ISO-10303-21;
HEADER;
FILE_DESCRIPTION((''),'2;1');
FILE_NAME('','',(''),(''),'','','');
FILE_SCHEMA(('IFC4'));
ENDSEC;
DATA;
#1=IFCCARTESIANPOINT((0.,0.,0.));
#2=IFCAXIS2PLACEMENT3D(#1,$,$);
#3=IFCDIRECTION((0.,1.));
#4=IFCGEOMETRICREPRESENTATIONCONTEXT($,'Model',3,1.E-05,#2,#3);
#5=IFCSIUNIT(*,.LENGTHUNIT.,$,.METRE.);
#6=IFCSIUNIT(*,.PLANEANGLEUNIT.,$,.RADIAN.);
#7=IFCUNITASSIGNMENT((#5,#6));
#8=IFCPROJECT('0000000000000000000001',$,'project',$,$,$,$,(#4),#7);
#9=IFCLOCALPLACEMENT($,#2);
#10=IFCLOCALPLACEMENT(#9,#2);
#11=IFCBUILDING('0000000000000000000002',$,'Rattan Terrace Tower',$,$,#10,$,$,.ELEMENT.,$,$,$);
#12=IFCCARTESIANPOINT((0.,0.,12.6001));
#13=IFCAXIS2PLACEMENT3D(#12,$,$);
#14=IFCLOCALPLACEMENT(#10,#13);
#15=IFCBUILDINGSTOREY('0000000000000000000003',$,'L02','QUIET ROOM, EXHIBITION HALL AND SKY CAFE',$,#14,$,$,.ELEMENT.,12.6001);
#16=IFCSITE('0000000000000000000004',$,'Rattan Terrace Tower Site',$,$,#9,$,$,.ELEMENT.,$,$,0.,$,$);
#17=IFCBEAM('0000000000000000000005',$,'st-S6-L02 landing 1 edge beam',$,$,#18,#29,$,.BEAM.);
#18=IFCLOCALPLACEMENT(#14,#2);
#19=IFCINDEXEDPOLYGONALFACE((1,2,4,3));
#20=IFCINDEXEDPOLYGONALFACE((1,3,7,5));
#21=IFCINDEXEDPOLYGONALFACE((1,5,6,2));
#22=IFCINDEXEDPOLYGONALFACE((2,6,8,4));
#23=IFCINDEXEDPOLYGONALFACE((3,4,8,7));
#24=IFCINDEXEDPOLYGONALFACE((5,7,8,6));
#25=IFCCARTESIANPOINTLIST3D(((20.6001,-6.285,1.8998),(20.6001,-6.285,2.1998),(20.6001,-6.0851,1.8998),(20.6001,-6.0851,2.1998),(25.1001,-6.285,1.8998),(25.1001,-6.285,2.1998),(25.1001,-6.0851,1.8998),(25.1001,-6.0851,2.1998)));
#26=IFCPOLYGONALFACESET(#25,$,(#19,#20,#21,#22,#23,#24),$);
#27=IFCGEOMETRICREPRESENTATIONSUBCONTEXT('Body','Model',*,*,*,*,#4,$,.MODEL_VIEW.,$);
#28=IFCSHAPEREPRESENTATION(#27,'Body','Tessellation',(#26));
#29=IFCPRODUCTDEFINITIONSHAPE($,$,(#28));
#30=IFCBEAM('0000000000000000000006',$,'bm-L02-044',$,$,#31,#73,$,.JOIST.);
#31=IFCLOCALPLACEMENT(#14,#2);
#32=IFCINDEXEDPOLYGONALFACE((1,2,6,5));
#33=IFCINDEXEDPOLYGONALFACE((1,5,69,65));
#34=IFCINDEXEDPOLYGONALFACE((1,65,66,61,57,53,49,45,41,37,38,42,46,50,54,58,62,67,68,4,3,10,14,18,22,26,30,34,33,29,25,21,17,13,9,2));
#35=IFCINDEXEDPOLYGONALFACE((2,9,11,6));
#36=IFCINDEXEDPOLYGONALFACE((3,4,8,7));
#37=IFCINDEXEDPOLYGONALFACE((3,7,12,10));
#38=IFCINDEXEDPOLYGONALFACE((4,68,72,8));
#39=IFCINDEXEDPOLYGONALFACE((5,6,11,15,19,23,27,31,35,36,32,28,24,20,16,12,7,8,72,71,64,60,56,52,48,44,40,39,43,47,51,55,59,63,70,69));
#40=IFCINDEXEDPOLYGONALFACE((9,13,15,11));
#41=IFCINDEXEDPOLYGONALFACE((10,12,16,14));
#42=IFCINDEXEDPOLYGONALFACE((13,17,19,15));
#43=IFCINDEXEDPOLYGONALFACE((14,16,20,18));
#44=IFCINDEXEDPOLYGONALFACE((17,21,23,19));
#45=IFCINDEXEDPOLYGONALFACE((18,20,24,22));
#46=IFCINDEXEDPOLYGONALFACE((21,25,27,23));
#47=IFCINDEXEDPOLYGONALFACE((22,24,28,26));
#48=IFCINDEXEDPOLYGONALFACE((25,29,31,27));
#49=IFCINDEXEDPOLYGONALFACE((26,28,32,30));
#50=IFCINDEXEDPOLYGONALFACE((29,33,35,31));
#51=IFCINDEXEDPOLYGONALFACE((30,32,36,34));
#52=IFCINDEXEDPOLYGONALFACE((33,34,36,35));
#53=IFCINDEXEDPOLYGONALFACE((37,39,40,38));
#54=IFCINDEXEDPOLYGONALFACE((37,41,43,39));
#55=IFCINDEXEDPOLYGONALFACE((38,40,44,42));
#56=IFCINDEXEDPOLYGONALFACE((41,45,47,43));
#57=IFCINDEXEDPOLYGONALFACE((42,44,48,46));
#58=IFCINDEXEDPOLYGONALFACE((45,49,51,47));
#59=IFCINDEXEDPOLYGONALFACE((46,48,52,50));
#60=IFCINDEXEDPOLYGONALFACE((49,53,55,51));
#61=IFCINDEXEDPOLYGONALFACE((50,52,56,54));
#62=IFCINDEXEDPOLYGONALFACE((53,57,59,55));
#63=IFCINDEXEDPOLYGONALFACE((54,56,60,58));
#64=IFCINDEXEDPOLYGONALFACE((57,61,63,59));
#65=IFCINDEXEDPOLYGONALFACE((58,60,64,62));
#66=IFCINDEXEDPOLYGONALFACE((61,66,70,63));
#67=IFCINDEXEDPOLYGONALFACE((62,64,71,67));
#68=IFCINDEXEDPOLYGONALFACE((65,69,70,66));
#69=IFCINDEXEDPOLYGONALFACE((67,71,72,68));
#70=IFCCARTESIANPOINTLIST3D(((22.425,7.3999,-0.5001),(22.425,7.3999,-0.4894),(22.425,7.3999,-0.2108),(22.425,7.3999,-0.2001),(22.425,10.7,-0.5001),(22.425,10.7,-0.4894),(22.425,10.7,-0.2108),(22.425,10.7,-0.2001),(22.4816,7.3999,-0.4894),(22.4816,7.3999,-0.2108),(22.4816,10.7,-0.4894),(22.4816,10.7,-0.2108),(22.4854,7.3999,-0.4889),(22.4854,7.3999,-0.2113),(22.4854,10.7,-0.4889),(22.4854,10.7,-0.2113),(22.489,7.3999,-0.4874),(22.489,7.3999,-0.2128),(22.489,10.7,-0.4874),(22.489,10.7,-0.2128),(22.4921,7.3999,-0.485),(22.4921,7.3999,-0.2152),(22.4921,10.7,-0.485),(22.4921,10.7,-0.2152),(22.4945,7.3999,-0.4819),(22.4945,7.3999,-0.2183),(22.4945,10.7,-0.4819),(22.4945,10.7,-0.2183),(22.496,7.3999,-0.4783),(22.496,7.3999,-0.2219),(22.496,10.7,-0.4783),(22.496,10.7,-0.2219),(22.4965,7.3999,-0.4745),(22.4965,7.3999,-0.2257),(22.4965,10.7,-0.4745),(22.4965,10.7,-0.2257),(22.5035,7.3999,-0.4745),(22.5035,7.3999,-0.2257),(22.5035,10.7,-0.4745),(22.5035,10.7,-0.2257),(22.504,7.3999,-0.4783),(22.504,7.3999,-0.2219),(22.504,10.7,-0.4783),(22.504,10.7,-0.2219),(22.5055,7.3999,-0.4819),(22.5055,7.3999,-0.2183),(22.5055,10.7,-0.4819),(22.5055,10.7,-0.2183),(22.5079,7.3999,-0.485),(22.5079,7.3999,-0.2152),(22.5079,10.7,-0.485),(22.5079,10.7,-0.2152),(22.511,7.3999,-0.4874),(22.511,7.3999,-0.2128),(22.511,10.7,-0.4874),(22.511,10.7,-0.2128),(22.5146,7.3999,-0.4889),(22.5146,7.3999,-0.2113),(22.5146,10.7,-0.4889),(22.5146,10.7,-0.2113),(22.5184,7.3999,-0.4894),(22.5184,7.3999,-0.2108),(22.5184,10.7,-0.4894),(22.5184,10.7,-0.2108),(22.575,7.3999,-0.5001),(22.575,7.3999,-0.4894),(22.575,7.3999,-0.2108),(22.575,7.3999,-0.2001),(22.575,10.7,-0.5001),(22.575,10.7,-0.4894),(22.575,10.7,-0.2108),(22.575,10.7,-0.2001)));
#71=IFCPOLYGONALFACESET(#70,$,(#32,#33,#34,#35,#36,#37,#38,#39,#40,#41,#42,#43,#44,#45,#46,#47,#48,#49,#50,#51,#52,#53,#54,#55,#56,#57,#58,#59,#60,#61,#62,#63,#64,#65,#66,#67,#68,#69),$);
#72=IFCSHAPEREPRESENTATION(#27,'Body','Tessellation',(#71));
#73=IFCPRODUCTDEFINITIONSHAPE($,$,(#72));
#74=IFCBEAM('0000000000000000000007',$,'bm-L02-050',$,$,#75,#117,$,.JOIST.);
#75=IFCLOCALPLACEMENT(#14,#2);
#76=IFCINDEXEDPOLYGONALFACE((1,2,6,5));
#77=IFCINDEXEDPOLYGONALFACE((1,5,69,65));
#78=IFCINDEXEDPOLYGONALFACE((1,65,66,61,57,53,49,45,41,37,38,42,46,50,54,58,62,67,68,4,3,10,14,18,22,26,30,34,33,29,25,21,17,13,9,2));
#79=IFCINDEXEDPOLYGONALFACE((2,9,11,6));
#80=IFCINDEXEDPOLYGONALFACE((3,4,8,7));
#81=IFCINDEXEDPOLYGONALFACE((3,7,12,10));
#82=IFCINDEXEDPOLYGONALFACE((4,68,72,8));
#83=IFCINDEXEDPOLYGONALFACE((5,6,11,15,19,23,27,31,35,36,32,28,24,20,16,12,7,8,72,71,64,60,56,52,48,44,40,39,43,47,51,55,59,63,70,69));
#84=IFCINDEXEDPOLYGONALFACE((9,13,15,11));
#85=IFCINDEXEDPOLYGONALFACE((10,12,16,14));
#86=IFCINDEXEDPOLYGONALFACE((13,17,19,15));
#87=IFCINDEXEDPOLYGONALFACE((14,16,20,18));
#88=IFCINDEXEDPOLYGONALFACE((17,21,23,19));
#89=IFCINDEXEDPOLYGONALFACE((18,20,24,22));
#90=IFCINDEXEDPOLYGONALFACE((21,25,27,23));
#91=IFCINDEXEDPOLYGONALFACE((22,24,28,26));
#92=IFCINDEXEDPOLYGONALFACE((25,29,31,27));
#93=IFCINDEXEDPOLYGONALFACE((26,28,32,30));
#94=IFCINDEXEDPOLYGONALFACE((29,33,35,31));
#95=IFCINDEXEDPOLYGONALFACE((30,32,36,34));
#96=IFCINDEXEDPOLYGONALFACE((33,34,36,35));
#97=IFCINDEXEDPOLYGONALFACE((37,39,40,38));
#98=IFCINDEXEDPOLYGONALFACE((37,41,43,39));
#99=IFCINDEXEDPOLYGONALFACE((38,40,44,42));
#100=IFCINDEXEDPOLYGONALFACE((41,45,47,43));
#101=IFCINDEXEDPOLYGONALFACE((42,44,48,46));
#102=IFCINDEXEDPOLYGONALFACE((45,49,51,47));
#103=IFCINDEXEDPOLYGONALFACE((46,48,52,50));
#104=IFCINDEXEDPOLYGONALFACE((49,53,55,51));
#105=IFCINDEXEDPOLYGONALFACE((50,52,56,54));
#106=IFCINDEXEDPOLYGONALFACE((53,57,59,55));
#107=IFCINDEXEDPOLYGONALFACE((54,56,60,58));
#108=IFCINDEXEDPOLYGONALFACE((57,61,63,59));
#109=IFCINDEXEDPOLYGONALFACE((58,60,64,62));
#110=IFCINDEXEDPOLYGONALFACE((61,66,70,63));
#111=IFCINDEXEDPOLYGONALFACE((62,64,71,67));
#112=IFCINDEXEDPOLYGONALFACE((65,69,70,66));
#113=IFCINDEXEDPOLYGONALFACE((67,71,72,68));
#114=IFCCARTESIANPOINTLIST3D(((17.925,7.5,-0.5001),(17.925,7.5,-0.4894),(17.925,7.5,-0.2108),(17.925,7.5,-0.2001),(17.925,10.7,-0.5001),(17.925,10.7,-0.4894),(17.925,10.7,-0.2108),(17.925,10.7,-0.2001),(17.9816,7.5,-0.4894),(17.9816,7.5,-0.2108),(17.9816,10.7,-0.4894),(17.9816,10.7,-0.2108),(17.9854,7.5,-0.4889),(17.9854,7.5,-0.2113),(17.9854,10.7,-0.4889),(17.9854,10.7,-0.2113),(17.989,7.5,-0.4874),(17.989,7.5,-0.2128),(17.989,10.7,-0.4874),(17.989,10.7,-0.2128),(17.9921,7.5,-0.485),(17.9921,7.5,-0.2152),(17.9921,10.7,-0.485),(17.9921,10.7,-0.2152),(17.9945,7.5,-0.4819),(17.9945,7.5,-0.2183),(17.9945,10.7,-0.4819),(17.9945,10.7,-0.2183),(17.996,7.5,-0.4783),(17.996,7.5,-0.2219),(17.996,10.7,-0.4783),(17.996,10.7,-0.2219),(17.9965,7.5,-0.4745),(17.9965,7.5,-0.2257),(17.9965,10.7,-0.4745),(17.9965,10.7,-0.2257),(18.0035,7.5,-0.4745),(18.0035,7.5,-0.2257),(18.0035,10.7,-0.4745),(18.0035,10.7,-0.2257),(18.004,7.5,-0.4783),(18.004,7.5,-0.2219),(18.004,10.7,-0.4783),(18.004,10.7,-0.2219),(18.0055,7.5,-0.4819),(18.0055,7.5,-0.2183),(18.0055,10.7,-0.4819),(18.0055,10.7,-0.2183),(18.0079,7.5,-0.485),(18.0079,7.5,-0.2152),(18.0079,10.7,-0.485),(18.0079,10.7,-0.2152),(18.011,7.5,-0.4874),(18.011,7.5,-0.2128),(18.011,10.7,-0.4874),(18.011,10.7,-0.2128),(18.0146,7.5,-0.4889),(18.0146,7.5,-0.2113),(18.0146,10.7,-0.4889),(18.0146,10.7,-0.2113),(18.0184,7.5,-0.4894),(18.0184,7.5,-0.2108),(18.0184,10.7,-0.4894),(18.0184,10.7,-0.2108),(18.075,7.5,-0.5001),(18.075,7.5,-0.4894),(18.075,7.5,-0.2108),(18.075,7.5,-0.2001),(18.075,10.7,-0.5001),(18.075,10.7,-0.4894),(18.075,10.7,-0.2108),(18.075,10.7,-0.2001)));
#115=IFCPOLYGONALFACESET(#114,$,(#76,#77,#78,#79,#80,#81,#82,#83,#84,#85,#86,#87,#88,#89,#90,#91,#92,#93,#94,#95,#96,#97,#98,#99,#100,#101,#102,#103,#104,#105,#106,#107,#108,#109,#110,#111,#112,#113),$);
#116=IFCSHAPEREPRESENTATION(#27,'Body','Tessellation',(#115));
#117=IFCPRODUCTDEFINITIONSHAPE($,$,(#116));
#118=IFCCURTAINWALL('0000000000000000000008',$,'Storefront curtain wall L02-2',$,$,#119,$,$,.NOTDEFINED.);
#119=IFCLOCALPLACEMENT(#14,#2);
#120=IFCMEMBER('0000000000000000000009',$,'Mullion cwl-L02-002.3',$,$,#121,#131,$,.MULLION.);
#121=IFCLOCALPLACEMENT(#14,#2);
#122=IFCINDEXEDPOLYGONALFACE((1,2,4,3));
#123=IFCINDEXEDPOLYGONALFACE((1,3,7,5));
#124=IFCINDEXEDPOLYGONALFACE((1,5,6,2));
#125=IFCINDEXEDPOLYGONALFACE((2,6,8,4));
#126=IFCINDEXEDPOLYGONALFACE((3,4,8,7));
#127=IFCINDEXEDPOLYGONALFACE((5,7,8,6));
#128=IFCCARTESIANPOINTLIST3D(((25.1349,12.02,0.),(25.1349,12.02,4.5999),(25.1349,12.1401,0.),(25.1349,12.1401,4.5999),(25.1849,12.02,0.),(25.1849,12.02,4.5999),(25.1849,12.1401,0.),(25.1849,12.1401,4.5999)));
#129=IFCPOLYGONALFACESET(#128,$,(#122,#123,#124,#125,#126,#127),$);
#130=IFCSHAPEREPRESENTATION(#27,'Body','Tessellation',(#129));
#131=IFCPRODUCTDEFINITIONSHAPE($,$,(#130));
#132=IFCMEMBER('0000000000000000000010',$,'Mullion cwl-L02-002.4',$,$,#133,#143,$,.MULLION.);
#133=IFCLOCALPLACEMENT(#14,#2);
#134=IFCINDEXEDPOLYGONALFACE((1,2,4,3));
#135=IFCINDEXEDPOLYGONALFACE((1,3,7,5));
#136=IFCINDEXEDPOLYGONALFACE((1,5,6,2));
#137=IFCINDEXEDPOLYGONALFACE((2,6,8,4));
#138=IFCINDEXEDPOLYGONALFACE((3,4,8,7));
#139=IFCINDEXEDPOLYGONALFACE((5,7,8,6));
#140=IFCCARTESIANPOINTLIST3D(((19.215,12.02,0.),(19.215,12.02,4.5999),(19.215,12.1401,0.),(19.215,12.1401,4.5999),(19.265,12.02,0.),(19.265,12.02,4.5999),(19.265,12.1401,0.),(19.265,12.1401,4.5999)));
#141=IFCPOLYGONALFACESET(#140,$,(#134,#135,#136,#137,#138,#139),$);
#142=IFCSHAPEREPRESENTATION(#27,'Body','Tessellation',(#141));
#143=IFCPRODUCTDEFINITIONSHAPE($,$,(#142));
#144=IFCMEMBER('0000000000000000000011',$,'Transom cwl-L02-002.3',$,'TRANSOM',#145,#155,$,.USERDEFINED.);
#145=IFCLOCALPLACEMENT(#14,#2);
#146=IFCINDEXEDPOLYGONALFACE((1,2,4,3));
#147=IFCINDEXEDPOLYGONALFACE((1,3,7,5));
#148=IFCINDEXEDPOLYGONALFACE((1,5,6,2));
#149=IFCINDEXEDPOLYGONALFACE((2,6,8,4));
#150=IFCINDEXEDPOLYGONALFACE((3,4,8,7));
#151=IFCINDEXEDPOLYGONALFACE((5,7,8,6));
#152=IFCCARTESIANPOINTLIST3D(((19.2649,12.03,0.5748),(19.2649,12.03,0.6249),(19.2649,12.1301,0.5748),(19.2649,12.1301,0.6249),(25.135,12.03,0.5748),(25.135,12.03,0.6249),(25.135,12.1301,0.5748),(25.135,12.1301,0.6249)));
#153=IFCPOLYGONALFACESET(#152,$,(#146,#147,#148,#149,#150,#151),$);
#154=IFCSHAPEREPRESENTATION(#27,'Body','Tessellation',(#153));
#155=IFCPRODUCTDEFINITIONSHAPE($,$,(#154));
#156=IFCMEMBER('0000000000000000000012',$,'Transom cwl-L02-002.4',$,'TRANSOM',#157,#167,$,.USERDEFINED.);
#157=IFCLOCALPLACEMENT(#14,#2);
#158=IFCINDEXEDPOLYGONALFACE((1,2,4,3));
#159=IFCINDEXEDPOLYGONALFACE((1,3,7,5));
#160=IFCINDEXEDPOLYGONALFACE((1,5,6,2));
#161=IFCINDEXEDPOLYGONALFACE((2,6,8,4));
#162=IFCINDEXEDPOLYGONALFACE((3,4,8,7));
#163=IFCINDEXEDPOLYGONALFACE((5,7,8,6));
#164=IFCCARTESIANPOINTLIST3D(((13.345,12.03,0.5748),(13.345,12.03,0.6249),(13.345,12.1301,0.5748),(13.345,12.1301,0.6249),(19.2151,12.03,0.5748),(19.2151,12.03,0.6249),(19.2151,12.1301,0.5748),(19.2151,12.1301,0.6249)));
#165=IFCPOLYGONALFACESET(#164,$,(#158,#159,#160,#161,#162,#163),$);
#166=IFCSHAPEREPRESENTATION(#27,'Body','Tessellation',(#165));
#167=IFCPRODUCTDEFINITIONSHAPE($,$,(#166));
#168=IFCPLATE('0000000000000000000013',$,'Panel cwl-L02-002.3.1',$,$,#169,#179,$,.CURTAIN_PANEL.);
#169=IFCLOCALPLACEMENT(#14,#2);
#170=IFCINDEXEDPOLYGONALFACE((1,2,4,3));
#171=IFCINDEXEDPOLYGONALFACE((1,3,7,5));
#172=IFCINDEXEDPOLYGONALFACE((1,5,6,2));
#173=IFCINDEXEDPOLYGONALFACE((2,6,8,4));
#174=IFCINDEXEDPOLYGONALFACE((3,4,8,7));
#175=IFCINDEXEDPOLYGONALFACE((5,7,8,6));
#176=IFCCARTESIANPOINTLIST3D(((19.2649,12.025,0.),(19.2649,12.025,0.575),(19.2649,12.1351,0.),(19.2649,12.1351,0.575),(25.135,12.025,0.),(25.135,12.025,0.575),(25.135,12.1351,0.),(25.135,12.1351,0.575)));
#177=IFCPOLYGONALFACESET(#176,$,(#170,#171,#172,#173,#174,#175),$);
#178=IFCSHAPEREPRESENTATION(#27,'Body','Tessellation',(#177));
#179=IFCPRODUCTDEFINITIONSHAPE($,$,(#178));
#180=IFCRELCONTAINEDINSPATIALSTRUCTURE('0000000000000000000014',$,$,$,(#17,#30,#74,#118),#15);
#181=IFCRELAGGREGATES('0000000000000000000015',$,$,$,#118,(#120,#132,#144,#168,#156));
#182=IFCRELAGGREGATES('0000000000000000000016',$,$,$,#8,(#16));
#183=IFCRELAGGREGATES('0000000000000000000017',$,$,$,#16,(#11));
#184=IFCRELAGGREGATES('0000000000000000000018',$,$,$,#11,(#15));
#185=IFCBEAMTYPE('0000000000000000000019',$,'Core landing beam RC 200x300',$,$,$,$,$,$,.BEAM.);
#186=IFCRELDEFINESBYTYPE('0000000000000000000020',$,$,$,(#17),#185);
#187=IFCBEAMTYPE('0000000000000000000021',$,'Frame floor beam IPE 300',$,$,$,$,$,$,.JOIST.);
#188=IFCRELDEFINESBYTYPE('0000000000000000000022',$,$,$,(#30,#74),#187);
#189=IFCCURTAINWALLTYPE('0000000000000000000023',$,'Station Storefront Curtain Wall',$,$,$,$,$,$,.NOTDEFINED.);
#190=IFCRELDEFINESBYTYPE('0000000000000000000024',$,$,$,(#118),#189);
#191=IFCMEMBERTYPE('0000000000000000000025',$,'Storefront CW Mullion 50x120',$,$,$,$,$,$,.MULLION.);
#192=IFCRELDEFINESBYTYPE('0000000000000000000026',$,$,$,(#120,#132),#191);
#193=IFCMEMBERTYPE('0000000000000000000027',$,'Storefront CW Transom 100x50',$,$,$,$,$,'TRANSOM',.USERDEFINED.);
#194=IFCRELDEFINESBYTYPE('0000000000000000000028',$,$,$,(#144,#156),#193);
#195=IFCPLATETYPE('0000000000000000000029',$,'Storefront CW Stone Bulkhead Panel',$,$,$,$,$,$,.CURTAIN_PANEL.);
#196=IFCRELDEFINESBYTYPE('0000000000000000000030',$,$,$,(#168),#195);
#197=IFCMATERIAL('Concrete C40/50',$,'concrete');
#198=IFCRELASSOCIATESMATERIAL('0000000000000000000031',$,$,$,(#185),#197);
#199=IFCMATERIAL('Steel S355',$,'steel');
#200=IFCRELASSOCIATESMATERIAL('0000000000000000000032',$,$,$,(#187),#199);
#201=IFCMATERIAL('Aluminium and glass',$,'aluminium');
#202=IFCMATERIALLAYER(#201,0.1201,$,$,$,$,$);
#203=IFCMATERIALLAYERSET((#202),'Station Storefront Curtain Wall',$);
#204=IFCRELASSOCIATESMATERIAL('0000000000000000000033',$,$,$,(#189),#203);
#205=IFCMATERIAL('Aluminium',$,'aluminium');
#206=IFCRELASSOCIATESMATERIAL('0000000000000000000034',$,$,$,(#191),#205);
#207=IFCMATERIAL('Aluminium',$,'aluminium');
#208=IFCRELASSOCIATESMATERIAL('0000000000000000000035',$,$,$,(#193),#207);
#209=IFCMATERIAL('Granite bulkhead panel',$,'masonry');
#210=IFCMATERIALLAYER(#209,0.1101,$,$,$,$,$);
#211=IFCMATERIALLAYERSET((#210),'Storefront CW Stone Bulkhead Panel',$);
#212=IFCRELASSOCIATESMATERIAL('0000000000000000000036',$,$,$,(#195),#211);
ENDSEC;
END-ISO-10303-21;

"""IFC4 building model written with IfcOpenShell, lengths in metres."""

from ifc_helpers import new_model, si_unit, direction, frame, origin, origin_2d, place, context, subcontext, project, spatial, rectangle, i_section, extrude, material, layer, layer_set, material_profile, profile_set, type_object, element, aggregate, save


model = new_model("IFC4")

# Units and contexts
model_context = context("Model", 3, precision=1e-05, world=origin(), true_north=direction((0.0, 1.0)))
body_context = subcontext(model_context, "Body", "Model", "MODEL_VIEW")
ifc_project = project(units=[si_unit("LENGTHUNIT", "METRE"), si_unit("PLANEANGLEUNIT", "RADIAN")], contexts=[model_context])

# Site, building, storey
site_placement = place(None, origin())
site = spatial("IfcSite", under=ifc_project, at=site_placement, Name="Rattan Terrace Tower Site", CompositionType="ELEMENT", RefElevation=0.0)
building_placement = place(site_placement, origin())
building = spatial("IfcBuilding", under=site, at=building_placement, Name="Rattan Terrace Tower", CompositionType="ELEMENT")
storey_placement = place(building_placement, frame((0.0, 0.0, 12.6001)))
storey = spatial("IfcBuildingStorey", under=building, at=storey_placement, Name="L02", Description="QUIET ROOM, EXHIBITION HALL AND SKY CAFE", CompositionType="ELEMENT", Elevation=12.6001)

# Beams
ifc_material_1 = material(Name="Concrete C40/50", Category="concrete")
ifc_material_profile_1 = material_profile(ifc_material_1, rectangle(XDim=0.2, YDim=0.3, at=origin_2d()), Name="RC 200x300")
ifc_profile_set_1 = profile_set([ifc_material_profile_1], Name="Concrete C40/50")
beam_type_1 = type_object("IfcBeamType", Name="Core landing beam RC 200x300", PredefinedType="BEAM", material=ifc_profile_set_1)
beam_1_placement = place(storey_placement, frame((20.6001, -6.1851, 2.0498), z_axis=(1.0, 0.0, 0.0), x_axis=(0.0, 1.0, 0.0)))
element("IfcBeam", 1, at=beam_1_placement, inside=storey, type_object=beam_type_1, Name="st-S6-L02 landing 1 edge beam", PredefinedType="BEAM", context=body_context, shape_type="SweptSolid", body=[
    extrude(rectangle(XDim=0.2, YDim=0.3, at=origin_2d()), origin(), (0.0, 0.0, 1.0), 4.5),
])
ifc_material_2 = material(Name="Steel S355", Category="steel")
ifc_material_profile_2 = material_profile(ifc_material_2, i_section(OverallWidth=0.1499, OverallDepth=0.3, WebThickness=0.0071, FlangeThickness=0.0107, FilletRadius=0.0149, at=origin_2d()), Name="IPE 300")
ifc_profile_set_2 = profile_set([ifc_material_profile_2], Name="Steel S355")
beam_type_2 = type_object("IfcBeamType", Name="Frame floor beam IPE 300", PredefinedType="JOIST", material=ifc_profile_set_2)
beam_2_placement = place(storey_placement, frame((22.5, 7.3999, -0.3501), z_axis=(0.0, 1.0, 0.0), x_axis=(-1.0, 0.0, 0.0)))
element("IfcBeam", 2, at=beam_2_placement, inside=storey, type_object=beam_type_2, Name="bm-L02-044", PredefinedType="JOIST", context=body_context, shape_type="SweptSolid", body=[
    extrude(i_section(OverallWidth=0.1499, OverallDepth=0.3, WebThickness=0.0071, FlangeThickness=0.0107, FilletRadius=0.0149, at=origin_2d()), origin(), (0.0, 0.0, 1.0), 3.3),
])
beam_3_placement = place(storey_placement, frame((18.0, 7.5, -0.3501), z_axis=(0.0, 1.0, 0.0), x_axis=(-1.0, 0.0, 0.0)))
element("IfcBeam", 3, at=beam_3_placement, inside=storey, type_object=beam_type_2, Name="bm-L02-050", PredefinedType="JOIST", context=body_context, shape_type="SweptSolid", body=[
    extrude(i_section(OverallWidth=0.1499, OverallDepth=0.3, WebThickness=0.0071, FlangeThickness=0.0107, FilletRadius=0.0149, at=origin_2d()), origin(), (0.0, 0.0, 1.0), 3.2),
])

# Curtain wall, members, plate
ifc_material_3 = material(Name="Aluminium and glass", Category="aluminium")
ifc_layer_1 = layer(ifc_material_3, 0.1201)
ifc_layer_set_1 = layer_set([ifc_layer_1], Name="Station Storefront Curtain Wall")
curtain_wall_type = type_object("IfcCurtainWallType", Name="Station Storefront Curtain Wall", PredefinedType="NOTDEFINED", material=ifc_layer_set_1)
curtain_wall_placement = place(storey_placement, origin())
curtain_wall = element("IfcCurtainWall", 4, at=curtain_wall_placement, inside=storey, type_object=curtain_wall_type, Name="Storefront curtain wall L02-2", PredefinedType="NOTDEFINED")
ifc_material_4 = material(Name="Aluminium", Category="aluminium")
ifc_material_profile_3 = material_profile(ifc_material_4, rectangle(XDim=0.05, YDim=0.1201, at=origin_2d()), Name="Aluminium 50x120")
ifc_profile_set_3 = profile_set([ifc_material_profile_3], Name="Aluminium")
member_type_1 = type_object("IfcMemberType", Name="Storefront CW Mullion 50x120", PredefinedType="MULLION", material=ifc_profile_set_3)
member_1_placement = place(storey_placement, frame((25.1599, 12.0801, 0.0), z_axis=(0.0, 0.0, 1.0), x_axis=(-1.0, 0.0, 0.0)))
member_1 = element("IfcMember", 5, at=member_1_placement, type_object=member_type_1, Name="Mullion cwl-L02-002.3", PredefinedType="MULLION", context=body_context, shape_type="SweptSolid", body=[
    extrude(rectangle(XDim=0.05, YDim=0.1201, at=origin_2d()), origin(), (0.0, 0.0, 1.0), 4.5999),
])
member_2_placement = place(storey_placement, frame((19.24, 12.0801, 0.0), z_axis=(0.0, 0.0, 1.0), x_axis=(-1.0, 0.0, 0.0)))
member_2 = element("IfcMember", 6, at=member_2_placement, type_object=member_type_1, Name="Mullion cwl-L02-002.4", PredefinedType="MULLION", context=body_context, shape_type="SweptSolid", body=[
    extrude(rectangle(XDim=0.05, YDim=0.1201, at=origin_2d()), origin(), (0.0, 0.0, 1.0), 4.5999),
])
ifc_material_5 = material(Name="Aluminium", Category="aluminium")
ifc_material_profile_4 = material_profile(ifc_material_5, rectangle(XDim=0.1001, YDim=0.05, at=origin_2d()), Name="Aluminium 100x50")
ifc_profile_set_4 = profile_set([ifc_material_profile_4], Name="Aluminium")
member_type_2 = type_object("IfcMemberType", Name="Storefront CW Transom 100x50", ElementType="TRANSOM", PredefinedType="USERDEFINED", material=ifc_profile_set_4)
member_3_placement = place(storey_placement, frame((25.135, 12.0801, 0.5999), z_axis=(-1.0, 0.0, 0.0), x_axis=(0.0, -1.0, 0.0)))
member_3 = element("IfcMember", 7, at=member_3_placement, type_object=member_type_2, Name="Transom cwl-L02-002.3", ObjectType="TRANSOM", PredefinedType="USERDEFINED", context=body_context, shape_type="SweptSolid", body=[
    extrude(rectangle(XDim=0.1001, YDim=0.05, at=origin_2d()), origin(), (0.0, 0.0, 1.0), 5.8701),
])
member_4_placement = place(storey_placement, frame((19.2151, 12.0801, 0.5999), z_axis=(-1.0, 0.0, 0.0), x_axis=(0.0, -1.0, 0.0)))
member_4 = element("IfcMember", 8, at=member_4_placement, type_object=member_type_2, Name="Transom cwl-L02-002.4", ObjectType="TRANSOM", PredefinedType="USERDEFINED", context=body_context, shape_type="SweptSolid", body=[
    extrude(rectangle(XDim=0.1001, YDim=0.05, at=origin_2d()), origin(), (0.0, 0.0, 1.0), 5.8701),
])
ifc_material_6 = material(Name="Granite bulkhead panel", Category="masonry")
ifc_layer_2 = layer(ifc_material_6, 0.1101)
ifc_layer_set_2 = layer_set([ifc_layer_2], Name="Storefront CW Stone Bulkhead Panel")
plate_type_1 = type_object("IfcPlateType", Name="Storefront CW Stone Bulkhead Panel", PredefinedType="CURTAIN_PANEL", material=ifc_layer_set_2)
plate_1_placement = place(storey_placement, frame((22.2, 12.0801, 0.0), z_axis=(0.0, 0.0, 1.0), x_axis=(-1.0, 0.0, 0.0)))
plate_1 = element("IfcPlate", 9, at=plate_1_placement, type_object=plate_type_1, Name="Panel cwl-L02-002.3.1", PredefinedType="CURTAIN_PANEL", context=body_context, shape_type="SweptSolid", body=[
    extrude(rectangle(XDim=5.8701, YDim=0.1101, at=origin_2d()), origin(), (0.0, 0.0, 1.0), 0.575),
])
aggregate(curtain_wall, [member_1, member_2, member_3, plate_1, member_4])

save(model, "model.ifc")
